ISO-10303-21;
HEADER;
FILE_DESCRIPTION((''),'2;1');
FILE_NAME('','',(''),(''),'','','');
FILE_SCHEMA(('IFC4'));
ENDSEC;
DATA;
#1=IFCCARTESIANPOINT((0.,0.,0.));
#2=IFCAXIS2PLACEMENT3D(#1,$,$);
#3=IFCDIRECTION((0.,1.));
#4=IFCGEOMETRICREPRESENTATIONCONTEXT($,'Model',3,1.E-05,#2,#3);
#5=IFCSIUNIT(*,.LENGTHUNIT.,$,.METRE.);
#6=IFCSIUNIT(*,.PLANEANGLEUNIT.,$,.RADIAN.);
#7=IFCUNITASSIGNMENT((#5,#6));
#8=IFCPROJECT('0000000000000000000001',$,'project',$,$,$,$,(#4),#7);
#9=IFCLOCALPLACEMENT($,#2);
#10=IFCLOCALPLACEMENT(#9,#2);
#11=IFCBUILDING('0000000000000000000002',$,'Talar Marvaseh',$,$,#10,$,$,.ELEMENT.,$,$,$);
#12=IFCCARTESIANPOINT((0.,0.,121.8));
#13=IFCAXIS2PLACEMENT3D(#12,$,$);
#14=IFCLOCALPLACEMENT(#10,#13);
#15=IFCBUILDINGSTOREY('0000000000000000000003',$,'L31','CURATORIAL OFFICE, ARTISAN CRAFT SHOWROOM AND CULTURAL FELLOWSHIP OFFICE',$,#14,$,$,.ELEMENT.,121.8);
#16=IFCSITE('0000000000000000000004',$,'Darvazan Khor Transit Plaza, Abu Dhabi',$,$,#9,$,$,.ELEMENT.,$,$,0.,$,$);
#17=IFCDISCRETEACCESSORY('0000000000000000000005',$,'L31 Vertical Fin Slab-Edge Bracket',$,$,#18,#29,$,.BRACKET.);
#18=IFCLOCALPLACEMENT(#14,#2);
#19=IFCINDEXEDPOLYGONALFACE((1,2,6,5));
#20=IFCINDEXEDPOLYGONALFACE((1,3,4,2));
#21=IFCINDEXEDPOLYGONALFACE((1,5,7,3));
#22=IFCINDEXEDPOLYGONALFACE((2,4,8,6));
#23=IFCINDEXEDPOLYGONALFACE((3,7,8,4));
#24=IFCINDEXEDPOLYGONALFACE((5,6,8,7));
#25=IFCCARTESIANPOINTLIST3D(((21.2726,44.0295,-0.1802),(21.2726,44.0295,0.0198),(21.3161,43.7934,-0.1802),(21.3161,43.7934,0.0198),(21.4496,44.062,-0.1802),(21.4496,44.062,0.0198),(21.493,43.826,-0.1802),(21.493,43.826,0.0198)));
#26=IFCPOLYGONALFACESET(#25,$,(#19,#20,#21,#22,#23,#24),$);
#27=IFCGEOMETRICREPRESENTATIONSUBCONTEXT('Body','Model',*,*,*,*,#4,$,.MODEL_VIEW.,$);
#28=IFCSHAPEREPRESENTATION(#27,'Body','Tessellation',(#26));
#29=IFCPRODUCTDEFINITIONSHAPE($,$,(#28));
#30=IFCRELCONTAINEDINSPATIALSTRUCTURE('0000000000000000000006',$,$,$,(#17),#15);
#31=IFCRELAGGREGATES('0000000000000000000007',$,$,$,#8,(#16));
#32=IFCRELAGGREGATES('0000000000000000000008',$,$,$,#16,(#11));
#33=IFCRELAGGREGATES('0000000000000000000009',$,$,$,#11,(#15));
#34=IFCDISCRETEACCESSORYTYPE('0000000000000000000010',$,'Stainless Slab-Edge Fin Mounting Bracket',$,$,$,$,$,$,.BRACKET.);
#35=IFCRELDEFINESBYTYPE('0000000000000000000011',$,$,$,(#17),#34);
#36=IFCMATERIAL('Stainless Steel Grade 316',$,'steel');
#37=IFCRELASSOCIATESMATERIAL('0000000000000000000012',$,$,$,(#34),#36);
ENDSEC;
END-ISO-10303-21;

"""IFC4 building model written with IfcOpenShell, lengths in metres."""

from ifc_helpers import new_model, si_unit, direction, frame, origin, origin_2d, place, context, subcontext, project, spatial, rectangle, extrude, source, transform, mapped, material, type_object, type_shapes, element, save


model = new_model("IFC4")

# Units and contexts
model_context = context("Model", 3, precision=1e-05, world=origin(), true_north=direction((0.0, 1.0)))
body_context = subcontext(model_context, "Body", "Model", "MODEL_VIEW")
ifc_project = project(units=[si_unit("LENGTHUNIT", "METRE"), si_unit("PLANEANGLEUNIT", "RADIAN")], contexts=[model_context])

# Site, building, storey
site_placement = place(None, origin())
site = spatial("IfcSite", under=ifc_project, at=site_placement, Name="Darvazan Khor Transit Plaza, Abu Dhabi", CompositionType="ELEMENT", RefElevation=0.0)
building_placement = place(site_placement, origin())
building = spatial("IfcBuilding", under=site, at=building_placement, Name="Talar Marvaseh", CompositionType="ELEMENT")
storey_placement = place(building_placement, frame((0.0, 0.0, 121.8)))
storey = spatial("IfcBuildingStorey", under=building, at=storey_placement, Name="L31", Description="CURATORIAL OFFICE, ARTISAN CRAFT SHOWROOM AND CULTURAL FELLOWSHIP OFFICE", CompositionType="ELEMENT", Elevation=121.8)

# Shared definitions
ifc_material_1 = material(Name="Stainless Steel Grade 316", Category="steel")

# Discrete accessory
discrete_accessory_type = type_object("IfcDiscreteAccessoryType", Name="Stainless Slab-Edge Fin Mounting Bracket", PredefinedType="BRACKET", material=ifc_material_1)
shared_shape_1 = source(origin(), body_context, "Body", "SweptSolid", [
    extrude(rectangle(XDim=0.24, YDim=0.1799, at=origin_2d()), origin(), (0.0, 0.0, 1.0), 0.2),
])
type_shapes(discrete_accessory_type, [shared_shape_1])
for number, where, z_axis, x_axis, name in (
    (1, (21.3828, 43.9277, -0.1802), (0.0, 0.0, 1.0), (-0.181034, 0.983477, 0.0), "L31 Vertical Fin Slab-Edge Bracket"),
):
    element("IfcDiscreteAccessory", number, at=place(storey_placement, frame(where, z_axis=z_axis, x_axis=x_axis)), inside=storey, type_object=discrete_accessory_type, Name=name, PredefinedType="BRACKET", context=body_context, shape_type="MappedRepresentation", body=[
        mapped(shared_shape_1, transform((0.0, 0.0, 0.0), x_axis=(1.0, 0.0, 0.0), y_axis=(0.0, 1.0, 0.0), z_axis=(0.0, 0.0, 1.0), scale=1.0)),
    ])

save(model, "model.ifc")
